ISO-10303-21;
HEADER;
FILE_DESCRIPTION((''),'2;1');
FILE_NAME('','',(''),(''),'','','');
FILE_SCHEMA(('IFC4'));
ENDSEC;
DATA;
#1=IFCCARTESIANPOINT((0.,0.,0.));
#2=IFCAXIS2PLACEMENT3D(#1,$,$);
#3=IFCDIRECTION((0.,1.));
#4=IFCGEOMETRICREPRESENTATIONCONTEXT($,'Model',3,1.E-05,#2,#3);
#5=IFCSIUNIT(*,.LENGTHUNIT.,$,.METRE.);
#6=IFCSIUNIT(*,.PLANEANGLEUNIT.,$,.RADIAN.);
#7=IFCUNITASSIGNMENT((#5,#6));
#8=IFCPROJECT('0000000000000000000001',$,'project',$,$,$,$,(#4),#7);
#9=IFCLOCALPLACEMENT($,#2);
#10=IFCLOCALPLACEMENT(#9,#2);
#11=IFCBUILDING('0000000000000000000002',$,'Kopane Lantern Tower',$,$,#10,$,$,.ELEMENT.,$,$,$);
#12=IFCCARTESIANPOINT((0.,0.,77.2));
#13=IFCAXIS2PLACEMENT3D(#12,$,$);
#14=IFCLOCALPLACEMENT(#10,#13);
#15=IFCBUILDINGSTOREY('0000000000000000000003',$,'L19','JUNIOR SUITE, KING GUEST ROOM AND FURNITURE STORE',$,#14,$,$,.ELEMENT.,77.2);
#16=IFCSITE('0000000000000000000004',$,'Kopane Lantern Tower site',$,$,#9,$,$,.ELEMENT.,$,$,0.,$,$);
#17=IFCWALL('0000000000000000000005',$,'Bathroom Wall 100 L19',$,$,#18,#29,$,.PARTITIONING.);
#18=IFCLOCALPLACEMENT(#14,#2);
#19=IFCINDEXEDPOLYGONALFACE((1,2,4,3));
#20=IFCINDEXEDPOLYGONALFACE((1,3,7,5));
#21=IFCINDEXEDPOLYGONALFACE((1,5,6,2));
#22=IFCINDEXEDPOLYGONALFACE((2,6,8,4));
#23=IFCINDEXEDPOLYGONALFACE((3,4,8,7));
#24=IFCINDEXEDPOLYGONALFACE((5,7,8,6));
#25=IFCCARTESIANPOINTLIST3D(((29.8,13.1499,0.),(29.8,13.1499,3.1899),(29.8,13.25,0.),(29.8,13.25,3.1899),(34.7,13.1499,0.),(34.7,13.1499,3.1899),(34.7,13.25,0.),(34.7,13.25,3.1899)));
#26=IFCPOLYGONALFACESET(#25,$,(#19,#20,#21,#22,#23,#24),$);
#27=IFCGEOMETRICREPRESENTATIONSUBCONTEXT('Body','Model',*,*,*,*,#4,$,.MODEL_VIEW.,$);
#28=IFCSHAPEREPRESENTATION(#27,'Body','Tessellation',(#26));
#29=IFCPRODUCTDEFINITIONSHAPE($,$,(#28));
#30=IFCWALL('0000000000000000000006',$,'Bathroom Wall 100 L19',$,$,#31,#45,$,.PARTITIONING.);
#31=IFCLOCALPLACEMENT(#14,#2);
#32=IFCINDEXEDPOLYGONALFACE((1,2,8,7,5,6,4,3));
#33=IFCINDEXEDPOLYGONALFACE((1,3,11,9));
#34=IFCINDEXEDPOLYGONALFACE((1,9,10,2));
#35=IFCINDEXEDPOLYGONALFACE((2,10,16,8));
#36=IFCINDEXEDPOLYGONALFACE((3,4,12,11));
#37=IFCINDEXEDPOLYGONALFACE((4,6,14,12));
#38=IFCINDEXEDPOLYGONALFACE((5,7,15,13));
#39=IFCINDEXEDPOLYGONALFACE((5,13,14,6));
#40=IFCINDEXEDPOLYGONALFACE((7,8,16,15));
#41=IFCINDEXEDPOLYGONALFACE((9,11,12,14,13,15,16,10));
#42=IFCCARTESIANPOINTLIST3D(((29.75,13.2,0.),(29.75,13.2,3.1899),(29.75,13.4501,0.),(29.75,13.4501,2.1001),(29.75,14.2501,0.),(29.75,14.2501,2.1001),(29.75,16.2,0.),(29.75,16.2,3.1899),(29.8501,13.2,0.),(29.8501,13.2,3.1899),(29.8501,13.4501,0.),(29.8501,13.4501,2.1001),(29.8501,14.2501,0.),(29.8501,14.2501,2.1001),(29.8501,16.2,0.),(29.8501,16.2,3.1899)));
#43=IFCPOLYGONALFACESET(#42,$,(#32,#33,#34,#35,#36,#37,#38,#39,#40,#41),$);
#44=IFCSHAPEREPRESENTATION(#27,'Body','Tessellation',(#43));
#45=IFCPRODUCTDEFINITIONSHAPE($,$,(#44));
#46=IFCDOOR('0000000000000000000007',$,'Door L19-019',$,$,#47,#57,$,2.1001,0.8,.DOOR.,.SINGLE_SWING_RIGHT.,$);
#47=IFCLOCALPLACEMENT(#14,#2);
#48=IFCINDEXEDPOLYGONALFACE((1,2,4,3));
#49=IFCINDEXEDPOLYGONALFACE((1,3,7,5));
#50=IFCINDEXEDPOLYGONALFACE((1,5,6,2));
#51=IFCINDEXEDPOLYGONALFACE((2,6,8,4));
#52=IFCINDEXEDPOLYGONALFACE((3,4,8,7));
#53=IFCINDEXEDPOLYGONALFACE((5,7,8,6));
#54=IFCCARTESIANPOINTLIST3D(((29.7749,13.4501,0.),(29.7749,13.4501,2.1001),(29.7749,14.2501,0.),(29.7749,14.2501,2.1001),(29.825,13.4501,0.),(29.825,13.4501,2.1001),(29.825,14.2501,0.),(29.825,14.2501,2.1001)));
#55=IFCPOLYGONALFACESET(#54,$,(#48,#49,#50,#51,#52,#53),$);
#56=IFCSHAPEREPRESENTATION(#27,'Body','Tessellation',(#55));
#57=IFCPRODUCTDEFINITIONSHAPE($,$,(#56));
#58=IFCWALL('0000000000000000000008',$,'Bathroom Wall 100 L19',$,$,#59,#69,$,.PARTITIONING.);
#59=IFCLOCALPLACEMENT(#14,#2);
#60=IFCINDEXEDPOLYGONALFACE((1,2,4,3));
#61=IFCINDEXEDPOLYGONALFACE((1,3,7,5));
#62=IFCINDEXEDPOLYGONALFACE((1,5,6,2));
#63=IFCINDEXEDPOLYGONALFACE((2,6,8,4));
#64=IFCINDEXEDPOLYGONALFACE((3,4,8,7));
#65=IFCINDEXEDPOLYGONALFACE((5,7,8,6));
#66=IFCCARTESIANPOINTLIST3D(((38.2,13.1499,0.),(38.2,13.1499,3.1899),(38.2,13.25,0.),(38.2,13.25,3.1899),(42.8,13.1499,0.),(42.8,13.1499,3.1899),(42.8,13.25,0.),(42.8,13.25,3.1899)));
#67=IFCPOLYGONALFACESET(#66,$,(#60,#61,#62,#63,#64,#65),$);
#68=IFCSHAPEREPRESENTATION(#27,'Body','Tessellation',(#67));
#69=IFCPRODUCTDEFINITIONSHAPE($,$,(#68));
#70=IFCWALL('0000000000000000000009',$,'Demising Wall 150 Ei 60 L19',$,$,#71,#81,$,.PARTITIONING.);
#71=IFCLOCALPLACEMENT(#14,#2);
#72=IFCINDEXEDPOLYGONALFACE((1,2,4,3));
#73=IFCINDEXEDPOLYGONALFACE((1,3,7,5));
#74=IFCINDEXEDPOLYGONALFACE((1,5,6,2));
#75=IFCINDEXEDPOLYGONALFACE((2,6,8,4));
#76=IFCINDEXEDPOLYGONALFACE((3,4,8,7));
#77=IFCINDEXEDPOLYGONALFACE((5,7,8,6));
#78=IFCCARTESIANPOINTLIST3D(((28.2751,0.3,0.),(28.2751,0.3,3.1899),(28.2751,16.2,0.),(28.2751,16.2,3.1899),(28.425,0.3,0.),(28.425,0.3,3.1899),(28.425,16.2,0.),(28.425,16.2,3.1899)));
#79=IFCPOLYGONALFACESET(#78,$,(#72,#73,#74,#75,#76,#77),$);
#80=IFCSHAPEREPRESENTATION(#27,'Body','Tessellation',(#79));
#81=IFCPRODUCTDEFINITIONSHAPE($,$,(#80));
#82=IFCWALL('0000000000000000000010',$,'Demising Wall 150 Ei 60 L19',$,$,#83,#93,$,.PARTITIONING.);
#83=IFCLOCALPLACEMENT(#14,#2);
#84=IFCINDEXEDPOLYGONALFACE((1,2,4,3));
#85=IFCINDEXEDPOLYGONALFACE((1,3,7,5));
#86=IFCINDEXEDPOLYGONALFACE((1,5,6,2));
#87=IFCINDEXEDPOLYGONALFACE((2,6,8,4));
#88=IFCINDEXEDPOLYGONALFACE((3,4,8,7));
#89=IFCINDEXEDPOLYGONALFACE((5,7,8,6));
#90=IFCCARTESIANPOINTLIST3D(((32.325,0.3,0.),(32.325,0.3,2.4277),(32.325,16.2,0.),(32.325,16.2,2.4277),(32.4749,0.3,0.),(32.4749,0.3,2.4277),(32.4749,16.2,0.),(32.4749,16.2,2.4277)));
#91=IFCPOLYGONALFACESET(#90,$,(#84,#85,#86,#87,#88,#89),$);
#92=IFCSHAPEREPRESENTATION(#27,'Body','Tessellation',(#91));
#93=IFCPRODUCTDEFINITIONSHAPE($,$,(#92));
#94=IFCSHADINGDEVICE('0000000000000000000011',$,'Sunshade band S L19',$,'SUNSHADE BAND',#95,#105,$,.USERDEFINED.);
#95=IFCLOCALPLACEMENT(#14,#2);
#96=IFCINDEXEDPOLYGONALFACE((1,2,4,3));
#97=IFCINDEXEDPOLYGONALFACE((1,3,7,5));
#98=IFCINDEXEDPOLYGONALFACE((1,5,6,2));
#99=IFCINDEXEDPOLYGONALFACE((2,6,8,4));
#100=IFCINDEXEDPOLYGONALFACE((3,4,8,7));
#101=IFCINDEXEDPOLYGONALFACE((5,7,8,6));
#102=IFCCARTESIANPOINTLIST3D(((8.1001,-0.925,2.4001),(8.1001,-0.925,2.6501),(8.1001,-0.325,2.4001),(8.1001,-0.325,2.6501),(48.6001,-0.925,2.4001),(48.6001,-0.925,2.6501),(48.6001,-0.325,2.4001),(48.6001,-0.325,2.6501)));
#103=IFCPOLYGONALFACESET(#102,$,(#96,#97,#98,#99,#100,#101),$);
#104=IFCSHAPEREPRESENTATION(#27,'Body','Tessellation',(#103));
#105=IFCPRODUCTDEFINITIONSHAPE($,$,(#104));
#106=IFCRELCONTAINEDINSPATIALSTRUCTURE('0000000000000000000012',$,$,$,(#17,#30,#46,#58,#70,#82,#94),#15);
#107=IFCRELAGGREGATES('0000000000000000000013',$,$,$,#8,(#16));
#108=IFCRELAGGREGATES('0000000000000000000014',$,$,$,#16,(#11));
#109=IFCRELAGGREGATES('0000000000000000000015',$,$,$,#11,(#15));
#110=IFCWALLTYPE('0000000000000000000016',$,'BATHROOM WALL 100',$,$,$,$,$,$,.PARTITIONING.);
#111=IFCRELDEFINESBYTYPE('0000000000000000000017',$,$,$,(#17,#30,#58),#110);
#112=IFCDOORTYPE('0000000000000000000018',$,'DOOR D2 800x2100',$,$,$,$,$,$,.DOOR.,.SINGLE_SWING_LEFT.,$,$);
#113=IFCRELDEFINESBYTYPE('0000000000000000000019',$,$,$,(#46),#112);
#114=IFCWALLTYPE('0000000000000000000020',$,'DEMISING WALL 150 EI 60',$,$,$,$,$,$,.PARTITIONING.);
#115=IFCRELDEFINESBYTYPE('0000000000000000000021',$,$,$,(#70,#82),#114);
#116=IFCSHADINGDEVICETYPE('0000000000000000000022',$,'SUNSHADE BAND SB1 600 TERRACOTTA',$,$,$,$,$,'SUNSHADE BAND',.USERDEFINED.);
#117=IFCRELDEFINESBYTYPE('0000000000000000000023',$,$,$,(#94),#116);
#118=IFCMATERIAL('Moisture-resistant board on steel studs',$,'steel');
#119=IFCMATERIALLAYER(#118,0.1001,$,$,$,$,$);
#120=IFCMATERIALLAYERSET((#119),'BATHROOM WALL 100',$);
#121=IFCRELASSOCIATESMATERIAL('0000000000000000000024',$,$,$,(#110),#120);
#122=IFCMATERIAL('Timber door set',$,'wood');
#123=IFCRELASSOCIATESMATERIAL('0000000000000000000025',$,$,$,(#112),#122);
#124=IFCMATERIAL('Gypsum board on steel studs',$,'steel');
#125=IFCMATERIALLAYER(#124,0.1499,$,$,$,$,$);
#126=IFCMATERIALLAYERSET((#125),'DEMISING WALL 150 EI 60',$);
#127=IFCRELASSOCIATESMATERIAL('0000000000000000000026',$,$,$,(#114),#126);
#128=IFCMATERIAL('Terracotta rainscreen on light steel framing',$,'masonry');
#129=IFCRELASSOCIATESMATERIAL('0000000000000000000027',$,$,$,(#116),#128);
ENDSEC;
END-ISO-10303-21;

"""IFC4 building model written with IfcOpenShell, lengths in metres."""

from ifc_helpers import new_model, si_unit, direction, frame, frame_2d, origin, origin_2d, place, context, subcontext, project, spatial, rectangle, extrude, material, layer, layer_set, type_object, element, fill, save


model = new_model("IFC4")

# Units and contexts
model_context = context("Model", 3, precision=1e-05, world=origin(), true_north=direction((0.0, 1.0)))
body_context = subcontext(model_context, "Body", "Model", "MODEL_VIEW")
ifc_project = project(units=[si_unit("LENGTHUNIT", "METRE"), si_unit("PLANEANGLEUNIT", "RADIAN")], contexts=[model_context])

# Site, building, storey
site_placement = place(None, origin())
site = spatial("IfcSite", under=ifc_project, at=site_placement, Name="Kopane Lantern Tower site", CompositionType="ELEMENT", RefElevation=0.0)
building_placement = place(site_placement, origin())
building = spatial("IfcBuilding", under=site, at=building_placement, Name="Kopane Lantern Tower", CompositionType="ELEMENT")
storey_placement = place(building_placement, frame((0.0, 0.0, 77.2)))
storey = spatial("IfcBuildingStorey", under=building, at=storey_placement, Name="L19", Description="JUNIOR SUITE, KING GUEST ROOM AND FURNITURE STORE", CompositionType="ELEMENT", Elevation=77.2)

# Wall
ifc_material_1 = material(Name="Moisture-resistant board on steel studs", Category="steel")
ifc_layer_1 = layer(ifc_material_1, 0.1001)
ifc_layer_set_1 = layer_set([ifc_layer_1], Name="BATHROOM WALL 100")
wall_type_1 = type_object("IfcWallType", Name="BATHROOM WALL 100", PredefinedType="PARTITIONING", material=ifc_layer_set_1)
wall_1_placement = place(storey_placement, frame((29.8, 13.2, 0.0), z_axis=(0.0, 0.0, 1.0), x_axis=(1.0, 0.0, 0.0)))
element("IfcWall", 1, at=wall_1_placement, inside=storey, type_object=wall_type_1, Name="Bathroom Wall 100 L19", PredefinedType="PARTITIONING", context=body_context, shape_type="SweptSolid", body=[
    extrude(rectangle(XDim=4.8999, YDim=0.1001, at=frame_2d((2.45, 0.0))), origin(), (0.0, 0.0, 1.0), 3.1899),
])

# Wall, opening, door
wall_2_placement = place(storey_placement, frame((29.8, 16.2, 0.0), z_axis=(0.0, 0.0, 1.0), x_axis=(0.0, -1.0, 0.0)))
wall_2 = element("IfcWall", 2, at=wall_2_placement, inside=storey, type_object=wall_type_1, Name="Bathroom Wall 100 L19", PredefinedType="PARTITIONING", context=body_context, shape_type="SweptSolid", body=[
    extrude(rectangle(XDim=3.0, YDim=0.1001, at=frame_2d((1.5, 0.0))), origin(), (0.0, 0.0, 1.0), 3.1899),
])
opening_placement = place(wall_2_placement, frame((1.95, 0.0, 0.0)))
opening = element("IfcOpeningElement", 3, at=opening_placement, cuts=wall_2, PredefinedType="OPENING", context=body_context, shape_type="SweptSolid", body=[
    extrude(rectangle(XDim=0.8, YDim=2.1001, at=frame_2d((0.3999, 1.05))), frame((0.0, 0.0601, 0.0), z_axis=(0.0, -1.0, 0.0), x_axis=(1.0, 0.0, 0.0)), (0.0, 0.0, 1.0), 0.1201),
])
ifc_material_2 = material(Name="Timber door set", Category="wood")
door_type = type_object("IfcDoorType", Name="DOOR D2 800x2100", OperationType="SINGLE_SWING_LEFT", PredefinedType="DOOR", material=ifc_material_2)
door_placement = place(opening_placement, origin())
door = element("IfcDoor", 4, at=door_placement, inside=storey, type_object=door_type, Name="Door L19-019", OperationType="SINGLE_SWING_RIGHT", OverallHeight=2.1001, OverallWidth=0.8, PredefinedType="DOOR", context=body_context, shape_type="SweptSolid", body=[
    extrude(rectangle(XDim=0.8, YDim=2.1001, at=frame_2d((0.3999, 1.05))), frame((0.0, 0.0249, 0.0), z_axis=(0.0, -1.0, 0.0), x_axis=(1.0, 0.0, 0.0)), (0.0, 0.0, 1.0), 0.05),
])
fill(opening, door)

# Walls
wall_3_placement = place(storey_placement, frame((38.2, 13.2, 0.0), z_axis=(0.0, 0.0, 1.0), x_axis=(1.0, 0.0, 0.0)))
element("IfcWall", 5, at=wall_3_placement, inside=storey, type_object=wall_type_1, Name="Bathroom Wall 100 L19", PredefinedType="PARTITIONING", context=body_context, shape_type="SweptSolid", body=[
    extrude(rectangle(XDim=4.6001, YDim=0.1001, at=frame_2d((2.3, 0.0))), origin(), (0.0, 0.0, 1.0), 3.1899),
])
ifc_material_3 = material(Name="Gypsum board on steel studs", Category="steel")
ifc_layer_2 = layer(ifc_material_3, 0.1499)
ifc_layer_set_2 = layer_set([ifc_layer_2], Name="DEMISING WALL 150 EI 60")
wall_type_2 = type_object("IfcWallType", Name="DEMISING WALL 150 EI 60", PredefinedType="PARTITIONING", material=ifc_layer_set_2)
wall_4_placement = place(storey_placement, frame((28.3501, 16.2, 0.0), z_axis=(0.0, 0.0, 1.0), x_axis=(0.0, -1.0, 0.0)))
element("IfcWall", 6, at=wall_4_placement, inside=storey, type_object=wall_type_2, Name="Demising Wall 150 Ei 60 L19", PredefinedType="PARTITIONING", context=body_context, shape_type="SweptSolid", body=[
    extrude(rectangle(XDim=15.8999, YDim=0.1499, at=frame_2d((7.95, 0.0))), origin(), (0.0, 0.0, 1.0), 3.1899),
])
wall_5_placement = place(storey_placement, frame((32.3999, 16.2, 0.0), z_axis=(0.0, 0.0, 1.0), x_axis=(0.0, -1.0, 0.0)))
element("IfcWall", 7, at=wall_5_placement, inside=storey, type_object=wall_type_2, Name="Demising Wall 150 Ei 60 L19", PredefinedType="PARTITIONING", context=body_context, shape_type="SweptSolid", body=[
    extrude(rectangle(XDim=15.8999, YDim=0.1499, at=frame_2d((7.95, 0.0))), origin(), (0.0, 0.0, 1.0), 2.4277),
])

# Shading device
ifc_material_4 = material(Name="Terracotta rainscreen on light steel framing", Category="masonry")
shading_device_type = type_object("IfcShadingDeviceType", Name="SUNSHADE BAND SB1 600 TERRACOTTA", ElementType="SUNSHADE BAND", PredefinedType="USERDEFINED", material=ifc_material_4)
shading_device_placement = place(storey_placement, frame((28.3501, -0.625, 2.4001), z_axis=(0.0, 0.0, 1.0), x_axis=(1.0, 0.0, 0.0)))
element("IfcShadingDevice", 8, at=shading_device_placement, inside=storey, type_object=shading_device_type, Name="Sunshade band S L19", ObjectType="SUNSHADE BAND", PredefinedType="USERDEFINED", context=body_context, shape_type="SweptSolid", body=[
    extrude(rectangle(XDim=40.5, YDim=0.6001, at=origin_2d()), origin(), (0.0, 0.0, 1.0), 0.25),
])

save(model, "model.ifc")
